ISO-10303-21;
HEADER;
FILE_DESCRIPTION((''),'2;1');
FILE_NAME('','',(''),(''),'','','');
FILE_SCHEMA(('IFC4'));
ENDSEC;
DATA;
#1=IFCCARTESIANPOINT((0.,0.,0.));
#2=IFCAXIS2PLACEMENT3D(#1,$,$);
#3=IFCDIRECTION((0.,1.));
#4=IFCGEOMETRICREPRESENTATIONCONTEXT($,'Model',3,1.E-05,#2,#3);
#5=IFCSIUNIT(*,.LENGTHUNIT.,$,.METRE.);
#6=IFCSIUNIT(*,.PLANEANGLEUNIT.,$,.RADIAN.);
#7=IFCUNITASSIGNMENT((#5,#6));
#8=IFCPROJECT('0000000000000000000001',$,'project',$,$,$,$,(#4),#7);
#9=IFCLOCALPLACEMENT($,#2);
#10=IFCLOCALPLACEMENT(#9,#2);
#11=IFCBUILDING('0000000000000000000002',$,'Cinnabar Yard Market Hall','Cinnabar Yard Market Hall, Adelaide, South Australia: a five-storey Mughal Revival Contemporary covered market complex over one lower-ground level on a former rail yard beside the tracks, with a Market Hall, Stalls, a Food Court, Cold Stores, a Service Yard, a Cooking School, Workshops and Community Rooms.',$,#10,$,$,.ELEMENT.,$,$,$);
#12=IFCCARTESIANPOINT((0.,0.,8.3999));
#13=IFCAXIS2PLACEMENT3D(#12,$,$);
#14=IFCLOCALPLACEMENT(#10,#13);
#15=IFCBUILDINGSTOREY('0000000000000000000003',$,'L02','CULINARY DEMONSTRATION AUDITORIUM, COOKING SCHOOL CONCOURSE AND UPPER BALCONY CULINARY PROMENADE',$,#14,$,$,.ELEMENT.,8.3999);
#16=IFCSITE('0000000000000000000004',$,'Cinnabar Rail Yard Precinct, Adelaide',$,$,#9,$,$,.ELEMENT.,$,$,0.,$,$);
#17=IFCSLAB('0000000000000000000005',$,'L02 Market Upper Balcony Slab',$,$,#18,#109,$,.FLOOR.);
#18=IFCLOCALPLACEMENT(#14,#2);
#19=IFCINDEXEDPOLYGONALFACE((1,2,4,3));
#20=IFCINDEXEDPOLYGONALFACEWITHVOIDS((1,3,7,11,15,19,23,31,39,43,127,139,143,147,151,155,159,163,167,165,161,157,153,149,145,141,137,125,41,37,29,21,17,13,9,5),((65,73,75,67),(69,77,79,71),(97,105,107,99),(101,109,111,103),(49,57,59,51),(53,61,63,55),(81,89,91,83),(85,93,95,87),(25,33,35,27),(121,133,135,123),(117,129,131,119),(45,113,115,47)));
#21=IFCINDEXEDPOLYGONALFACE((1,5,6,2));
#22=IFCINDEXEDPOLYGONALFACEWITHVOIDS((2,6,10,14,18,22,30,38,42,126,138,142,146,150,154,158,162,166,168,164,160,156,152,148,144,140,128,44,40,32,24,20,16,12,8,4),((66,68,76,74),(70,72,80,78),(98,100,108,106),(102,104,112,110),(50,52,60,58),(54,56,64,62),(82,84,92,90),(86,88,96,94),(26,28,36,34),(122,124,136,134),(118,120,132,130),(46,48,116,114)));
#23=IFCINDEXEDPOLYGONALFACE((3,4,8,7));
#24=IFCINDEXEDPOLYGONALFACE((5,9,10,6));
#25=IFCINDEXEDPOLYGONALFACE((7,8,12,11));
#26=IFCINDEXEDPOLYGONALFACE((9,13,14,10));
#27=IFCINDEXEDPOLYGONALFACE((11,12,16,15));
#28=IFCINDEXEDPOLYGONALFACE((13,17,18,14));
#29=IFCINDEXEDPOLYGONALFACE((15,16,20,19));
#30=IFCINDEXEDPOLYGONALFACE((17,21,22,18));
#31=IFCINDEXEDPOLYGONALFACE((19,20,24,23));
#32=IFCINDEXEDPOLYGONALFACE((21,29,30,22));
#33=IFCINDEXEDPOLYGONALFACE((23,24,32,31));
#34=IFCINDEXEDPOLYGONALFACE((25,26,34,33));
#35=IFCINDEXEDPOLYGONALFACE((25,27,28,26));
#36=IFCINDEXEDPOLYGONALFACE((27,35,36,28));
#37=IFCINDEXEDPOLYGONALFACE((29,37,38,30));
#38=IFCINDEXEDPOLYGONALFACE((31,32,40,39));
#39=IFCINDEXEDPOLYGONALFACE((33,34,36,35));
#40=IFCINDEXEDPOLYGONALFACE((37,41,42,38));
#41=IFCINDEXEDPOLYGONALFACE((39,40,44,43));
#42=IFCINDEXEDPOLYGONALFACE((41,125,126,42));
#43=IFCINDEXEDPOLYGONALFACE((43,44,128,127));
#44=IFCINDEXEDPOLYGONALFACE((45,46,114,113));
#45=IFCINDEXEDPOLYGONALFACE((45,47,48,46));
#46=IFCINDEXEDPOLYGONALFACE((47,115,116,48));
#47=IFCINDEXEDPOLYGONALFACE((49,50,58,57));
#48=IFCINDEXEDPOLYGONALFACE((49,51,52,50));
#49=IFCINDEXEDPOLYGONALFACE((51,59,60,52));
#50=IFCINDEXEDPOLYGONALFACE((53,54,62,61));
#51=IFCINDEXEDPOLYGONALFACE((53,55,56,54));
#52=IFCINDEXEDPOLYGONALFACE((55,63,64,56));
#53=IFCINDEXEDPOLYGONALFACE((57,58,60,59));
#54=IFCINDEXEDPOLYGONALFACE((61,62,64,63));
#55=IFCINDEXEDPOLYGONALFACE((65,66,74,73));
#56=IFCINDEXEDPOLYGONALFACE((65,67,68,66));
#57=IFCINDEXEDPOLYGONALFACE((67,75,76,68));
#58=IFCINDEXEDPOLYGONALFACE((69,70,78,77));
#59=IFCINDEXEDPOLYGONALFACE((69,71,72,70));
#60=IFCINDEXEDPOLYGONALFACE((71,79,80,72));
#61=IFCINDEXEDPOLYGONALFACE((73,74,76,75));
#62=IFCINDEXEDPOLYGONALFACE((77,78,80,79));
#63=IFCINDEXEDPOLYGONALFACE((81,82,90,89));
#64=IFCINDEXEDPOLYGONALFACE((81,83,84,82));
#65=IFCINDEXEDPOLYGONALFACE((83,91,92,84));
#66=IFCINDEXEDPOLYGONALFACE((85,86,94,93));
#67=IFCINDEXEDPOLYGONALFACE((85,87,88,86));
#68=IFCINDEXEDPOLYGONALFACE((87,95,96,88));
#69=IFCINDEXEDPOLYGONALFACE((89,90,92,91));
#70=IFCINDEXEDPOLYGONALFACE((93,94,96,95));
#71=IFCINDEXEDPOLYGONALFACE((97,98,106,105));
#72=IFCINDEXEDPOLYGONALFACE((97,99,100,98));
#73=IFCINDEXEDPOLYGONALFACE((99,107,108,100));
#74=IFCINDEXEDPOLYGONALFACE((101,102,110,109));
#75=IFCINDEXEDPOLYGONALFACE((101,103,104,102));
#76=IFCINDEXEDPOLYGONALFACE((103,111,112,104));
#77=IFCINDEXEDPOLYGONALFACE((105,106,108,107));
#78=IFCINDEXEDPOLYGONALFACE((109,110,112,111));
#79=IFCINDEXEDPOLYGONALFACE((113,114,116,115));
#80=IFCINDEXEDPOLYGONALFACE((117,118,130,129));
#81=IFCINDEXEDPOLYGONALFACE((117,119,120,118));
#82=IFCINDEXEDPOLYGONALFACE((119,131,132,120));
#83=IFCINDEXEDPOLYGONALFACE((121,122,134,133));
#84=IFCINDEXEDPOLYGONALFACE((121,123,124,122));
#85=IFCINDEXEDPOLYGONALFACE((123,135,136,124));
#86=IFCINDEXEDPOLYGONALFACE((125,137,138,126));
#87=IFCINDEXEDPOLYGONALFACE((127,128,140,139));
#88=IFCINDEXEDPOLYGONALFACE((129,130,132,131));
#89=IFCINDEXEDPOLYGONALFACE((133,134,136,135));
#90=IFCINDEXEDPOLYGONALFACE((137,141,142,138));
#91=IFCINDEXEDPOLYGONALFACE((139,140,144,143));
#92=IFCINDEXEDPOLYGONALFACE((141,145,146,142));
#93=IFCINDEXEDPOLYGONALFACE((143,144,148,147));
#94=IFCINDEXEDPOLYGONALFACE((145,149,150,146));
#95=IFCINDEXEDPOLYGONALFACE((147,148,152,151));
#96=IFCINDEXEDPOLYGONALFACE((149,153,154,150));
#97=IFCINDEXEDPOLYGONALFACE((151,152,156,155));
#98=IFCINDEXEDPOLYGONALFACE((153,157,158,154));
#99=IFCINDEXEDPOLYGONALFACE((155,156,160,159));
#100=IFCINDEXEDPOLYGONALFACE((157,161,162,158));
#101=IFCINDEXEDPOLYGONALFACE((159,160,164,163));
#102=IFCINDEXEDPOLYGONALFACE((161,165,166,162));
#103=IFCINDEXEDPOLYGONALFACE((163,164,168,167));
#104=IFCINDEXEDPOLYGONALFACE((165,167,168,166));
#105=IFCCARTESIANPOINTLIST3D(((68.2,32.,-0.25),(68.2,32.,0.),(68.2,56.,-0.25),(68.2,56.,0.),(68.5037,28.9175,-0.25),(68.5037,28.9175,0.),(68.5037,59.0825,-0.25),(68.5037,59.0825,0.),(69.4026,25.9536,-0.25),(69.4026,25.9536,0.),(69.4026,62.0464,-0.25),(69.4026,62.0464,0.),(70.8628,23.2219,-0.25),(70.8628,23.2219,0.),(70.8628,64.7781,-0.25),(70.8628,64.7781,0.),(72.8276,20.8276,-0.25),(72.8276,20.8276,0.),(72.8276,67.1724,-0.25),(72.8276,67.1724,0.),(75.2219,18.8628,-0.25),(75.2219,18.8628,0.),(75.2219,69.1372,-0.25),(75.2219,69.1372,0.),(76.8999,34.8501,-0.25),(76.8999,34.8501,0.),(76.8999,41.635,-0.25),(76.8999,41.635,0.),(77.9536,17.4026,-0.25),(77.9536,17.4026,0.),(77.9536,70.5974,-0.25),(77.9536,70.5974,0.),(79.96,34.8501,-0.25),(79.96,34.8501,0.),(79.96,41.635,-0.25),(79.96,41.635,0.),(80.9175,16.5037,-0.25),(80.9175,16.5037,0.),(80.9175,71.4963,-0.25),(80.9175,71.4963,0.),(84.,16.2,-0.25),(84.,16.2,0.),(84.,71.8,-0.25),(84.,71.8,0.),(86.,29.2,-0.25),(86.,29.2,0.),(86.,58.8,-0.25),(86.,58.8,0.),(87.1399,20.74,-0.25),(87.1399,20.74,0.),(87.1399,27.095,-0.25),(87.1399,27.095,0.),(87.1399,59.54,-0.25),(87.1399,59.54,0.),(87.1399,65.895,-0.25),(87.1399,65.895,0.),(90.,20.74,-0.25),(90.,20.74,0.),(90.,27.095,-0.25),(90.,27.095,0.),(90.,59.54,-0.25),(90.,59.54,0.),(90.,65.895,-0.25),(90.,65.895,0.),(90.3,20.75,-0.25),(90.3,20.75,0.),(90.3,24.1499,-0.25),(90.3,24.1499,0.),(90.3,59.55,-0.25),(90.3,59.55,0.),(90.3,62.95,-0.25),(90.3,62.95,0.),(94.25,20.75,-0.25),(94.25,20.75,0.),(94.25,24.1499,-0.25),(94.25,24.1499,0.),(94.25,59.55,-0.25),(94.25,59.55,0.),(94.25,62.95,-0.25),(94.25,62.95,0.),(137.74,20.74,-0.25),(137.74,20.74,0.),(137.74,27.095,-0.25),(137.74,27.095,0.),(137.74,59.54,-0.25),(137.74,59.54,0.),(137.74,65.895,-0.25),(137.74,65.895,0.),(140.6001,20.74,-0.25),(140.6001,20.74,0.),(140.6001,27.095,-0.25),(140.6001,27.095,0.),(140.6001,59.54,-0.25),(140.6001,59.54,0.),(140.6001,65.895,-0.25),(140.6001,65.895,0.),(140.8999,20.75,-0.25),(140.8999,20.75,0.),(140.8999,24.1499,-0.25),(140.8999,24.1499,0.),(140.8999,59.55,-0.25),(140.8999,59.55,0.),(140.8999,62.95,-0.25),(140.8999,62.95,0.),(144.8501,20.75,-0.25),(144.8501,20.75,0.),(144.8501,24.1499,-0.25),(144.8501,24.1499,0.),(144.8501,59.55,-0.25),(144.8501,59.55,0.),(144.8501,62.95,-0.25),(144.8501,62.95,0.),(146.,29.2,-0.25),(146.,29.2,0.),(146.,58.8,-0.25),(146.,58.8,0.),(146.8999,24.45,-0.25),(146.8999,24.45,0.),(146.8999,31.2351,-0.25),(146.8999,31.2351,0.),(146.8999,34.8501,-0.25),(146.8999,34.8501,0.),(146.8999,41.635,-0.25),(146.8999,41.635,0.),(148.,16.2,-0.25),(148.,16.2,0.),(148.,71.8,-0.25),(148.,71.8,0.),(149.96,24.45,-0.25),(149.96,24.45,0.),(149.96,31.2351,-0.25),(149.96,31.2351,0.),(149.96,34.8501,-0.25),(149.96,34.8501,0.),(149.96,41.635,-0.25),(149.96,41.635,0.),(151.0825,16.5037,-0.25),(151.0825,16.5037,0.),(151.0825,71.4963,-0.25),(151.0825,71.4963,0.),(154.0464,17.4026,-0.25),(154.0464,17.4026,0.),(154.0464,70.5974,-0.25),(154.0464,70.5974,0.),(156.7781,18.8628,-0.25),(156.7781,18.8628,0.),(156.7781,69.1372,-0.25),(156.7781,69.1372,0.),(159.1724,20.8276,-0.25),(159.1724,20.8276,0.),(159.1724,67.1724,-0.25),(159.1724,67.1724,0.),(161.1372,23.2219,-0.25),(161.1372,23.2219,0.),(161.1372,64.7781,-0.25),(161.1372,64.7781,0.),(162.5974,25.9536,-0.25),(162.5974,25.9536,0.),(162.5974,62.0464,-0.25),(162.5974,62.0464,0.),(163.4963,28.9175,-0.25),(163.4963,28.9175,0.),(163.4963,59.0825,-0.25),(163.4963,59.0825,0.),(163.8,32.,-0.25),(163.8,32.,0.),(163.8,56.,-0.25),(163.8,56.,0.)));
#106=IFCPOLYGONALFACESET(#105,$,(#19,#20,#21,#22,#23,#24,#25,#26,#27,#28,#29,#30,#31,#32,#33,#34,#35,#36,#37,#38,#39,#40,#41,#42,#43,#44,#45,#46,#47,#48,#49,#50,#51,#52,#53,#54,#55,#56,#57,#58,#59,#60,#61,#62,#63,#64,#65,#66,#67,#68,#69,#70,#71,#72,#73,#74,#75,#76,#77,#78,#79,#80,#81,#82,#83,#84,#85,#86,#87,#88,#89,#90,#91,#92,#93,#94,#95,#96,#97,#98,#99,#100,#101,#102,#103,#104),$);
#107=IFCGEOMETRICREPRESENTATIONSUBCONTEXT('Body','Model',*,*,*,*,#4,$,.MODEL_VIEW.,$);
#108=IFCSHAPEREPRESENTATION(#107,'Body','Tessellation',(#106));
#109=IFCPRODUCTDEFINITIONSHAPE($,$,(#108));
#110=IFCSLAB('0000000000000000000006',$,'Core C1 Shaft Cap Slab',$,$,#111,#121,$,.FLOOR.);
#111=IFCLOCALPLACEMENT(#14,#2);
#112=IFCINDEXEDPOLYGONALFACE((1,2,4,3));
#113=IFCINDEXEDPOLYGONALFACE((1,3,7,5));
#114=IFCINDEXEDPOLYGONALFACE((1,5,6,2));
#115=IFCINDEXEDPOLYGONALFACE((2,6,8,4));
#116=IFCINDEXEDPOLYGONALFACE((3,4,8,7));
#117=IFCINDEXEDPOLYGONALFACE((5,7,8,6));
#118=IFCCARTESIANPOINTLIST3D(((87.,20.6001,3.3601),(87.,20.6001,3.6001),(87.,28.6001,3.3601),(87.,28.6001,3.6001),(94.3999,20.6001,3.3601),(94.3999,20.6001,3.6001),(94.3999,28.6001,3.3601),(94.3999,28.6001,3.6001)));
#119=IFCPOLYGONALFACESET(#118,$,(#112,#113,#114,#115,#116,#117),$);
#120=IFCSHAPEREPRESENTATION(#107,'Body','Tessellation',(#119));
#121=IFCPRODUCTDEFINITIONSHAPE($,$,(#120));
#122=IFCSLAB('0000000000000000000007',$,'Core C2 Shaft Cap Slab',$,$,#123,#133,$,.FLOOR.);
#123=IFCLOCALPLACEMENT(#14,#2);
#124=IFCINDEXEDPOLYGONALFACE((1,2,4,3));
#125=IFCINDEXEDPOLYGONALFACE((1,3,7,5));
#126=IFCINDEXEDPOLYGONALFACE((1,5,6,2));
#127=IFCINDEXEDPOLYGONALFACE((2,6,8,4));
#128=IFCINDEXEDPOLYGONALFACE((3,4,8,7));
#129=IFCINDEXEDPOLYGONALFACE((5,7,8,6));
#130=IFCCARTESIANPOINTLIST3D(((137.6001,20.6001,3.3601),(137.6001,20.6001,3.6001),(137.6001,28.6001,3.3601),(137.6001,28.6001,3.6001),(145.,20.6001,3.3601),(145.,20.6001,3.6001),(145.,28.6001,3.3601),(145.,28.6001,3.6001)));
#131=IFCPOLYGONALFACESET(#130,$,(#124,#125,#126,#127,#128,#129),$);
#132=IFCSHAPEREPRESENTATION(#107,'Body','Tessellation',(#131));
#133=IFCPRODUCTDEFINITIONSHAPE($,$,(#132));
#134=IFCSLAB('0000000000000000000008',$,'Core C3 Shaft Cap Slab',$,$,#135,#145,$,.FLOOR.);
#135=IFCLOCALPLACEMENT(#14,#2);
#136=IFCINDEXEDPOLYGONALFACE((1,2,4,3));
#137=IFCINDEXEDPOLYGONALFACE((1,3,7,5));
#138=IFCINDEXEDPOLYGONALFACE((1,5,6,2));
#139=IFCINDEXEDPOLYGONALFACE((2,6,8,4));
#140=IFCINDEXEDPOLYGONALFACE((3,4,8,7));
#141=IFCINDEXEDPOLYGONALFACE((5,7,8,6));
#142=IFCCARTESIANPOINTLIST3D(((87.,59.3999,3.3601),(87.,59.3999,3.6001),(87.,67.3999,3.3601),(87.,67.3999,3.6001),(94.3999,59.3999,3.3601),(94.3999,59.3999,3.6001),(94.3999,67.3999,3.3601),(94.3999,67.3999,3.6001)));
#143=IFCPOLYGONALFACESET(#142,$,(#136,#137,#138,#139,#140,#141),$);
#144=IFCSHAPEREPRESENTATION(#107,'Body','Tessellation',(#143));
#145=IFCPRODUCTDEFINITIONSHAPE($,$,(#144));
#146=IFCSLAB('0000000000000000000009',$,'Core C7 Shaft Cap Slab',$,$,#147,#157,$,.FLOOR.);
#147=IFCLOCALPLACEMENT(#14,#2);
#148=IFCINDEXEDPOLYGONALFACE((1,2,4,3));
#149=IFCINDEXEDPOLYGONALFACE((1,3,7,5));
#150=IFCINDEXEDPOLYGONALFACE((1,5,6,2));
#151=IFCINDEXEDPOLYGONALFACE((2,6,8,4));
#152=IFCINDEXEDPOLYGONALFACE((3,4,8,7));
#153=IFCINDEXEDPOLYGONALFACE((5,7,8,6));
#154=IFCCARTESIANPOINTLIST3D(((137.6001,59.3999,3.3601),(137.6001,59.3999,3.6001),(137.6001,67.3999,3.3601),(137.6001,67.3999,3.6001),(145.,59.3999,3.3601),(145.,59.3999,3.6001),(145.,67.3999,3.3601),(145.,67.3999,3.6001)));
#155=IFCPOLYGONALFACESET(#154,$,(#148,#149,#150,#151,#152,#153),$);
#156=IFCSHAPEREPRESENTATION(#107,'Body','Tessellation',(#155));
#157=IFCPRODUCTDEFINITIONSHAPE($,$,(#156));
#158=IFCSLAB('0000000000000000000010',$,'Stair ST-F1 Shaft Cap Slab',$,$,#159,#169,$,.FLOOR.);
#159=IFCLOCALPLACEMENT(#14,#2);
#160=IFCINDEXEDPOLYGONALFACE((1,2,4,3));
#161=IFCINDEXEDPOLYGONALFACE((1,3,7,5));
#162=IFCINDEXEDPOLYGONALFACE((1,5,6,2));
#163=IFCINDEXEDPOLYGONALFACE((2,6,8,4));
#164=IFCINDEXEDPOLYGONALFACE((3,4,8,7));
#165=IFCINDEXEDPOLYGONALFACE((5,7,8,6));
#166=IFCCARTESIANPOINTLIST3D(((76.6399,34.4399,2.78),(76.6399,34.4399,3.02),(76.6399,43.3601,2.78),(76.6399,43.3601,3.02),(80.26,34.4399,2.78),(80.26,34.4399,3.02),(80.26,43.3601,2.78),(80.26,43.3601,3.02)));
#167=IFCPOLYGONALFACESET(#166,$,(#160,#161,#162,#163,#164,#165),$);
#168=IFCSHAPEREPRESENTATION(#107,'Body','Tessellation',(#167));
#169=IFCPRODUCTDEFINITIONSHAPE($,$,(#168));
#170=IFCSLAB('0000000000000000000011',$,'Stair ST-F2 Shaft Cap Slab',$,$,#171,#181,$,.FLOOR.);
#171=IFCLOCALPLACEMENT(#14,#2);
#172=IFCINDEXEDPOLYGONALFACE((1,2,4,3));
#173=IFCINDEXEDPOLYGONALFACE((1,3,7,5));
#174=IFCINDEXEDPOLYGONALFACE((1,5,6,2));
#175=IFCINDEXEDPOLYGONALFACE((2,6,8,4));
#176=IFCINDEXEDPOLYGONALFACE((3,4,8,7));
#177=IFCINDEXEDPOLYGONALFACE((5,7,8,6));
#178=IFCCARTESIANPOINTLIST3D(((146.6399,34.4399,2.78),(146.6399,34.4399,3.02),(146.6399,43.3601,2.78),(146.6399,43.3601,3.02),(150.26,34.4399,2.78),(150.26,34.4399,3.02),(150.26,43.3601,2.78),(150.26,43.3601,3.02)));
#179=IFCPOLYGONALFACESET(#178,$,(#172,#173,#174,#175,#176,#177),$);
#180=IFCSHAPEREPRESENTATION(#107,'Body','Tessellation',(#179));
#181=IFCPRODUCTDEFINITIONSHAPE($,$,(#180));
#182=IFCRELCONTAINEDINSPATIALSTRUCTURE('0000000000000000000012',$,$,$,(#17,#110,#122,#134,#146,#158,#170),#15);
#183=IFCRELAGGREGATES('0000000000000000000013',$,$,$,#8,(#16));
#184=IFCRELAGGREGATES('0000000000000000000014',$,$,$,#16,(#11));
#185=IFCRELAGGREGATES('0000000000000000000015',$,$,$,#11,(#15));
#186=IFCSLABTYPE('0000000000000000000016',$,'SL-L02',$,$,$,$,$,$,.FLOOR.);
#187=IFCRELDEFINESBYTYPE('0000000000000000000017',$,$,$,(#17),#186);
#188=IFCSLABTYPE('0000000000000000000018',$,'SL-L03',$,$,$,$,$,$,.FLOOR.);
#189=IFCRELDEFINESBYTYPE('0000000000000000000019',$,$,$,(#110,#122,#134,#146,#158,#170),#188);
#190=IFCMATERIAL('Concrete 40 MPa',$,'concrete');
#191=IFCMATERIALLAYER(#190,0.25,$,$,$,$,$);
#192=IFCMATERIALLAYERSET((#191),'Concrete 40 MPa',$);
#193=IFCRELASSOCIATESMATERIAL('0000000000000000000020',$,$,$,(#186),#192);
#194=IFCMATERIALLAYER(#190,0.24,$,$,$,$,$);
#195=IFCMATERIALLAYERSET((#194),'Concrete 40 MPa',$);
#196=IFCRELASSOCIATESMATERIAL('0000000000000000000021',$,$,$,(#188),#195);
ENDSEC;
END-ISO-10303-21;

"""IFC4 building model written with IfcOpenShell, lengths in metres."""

from ifc_helpers import new_model, si_unit, direction, frame, origin, place, context, subcontext, project, spatial, polyline, outline, extrude, material, layer, layer_set, type_object, element, save


model = new_model("IFC4")

# Units and contexts
model_context = context("Model", 3, precision=1e-05, world=origin(), true_north=direction((0.0, 1.0)))
body_context = subcontext(model_context, "Body", "Model", "MODEL_VIEW")
ifc_project = project(units=[si_unit("LENGTHUNIT", "METRE"), si_unit("PLANEANGLEUNIT", "RADIAN")], contexts=[model_context])

# Site, building, storey
site_placement = place(None, origin())
site = spatial("IfcSite", under=ifc_project, at=site_placement, Name="Cinnabar Rail Yard Precinct, Adelaide", CompositionType="ELEMENT", RefElevation=0.0)
building_placement = place(site_placement, origin())
building = spatial("IfcBuilding", under=site, at=building_placement, Name="Cinnabar Yard Market Hall", Description="Cinnabar Yard Market Hall, Adelaide, South Australia: a five-storey Mughal Revival Contemporary covered market complex over one lower-ground level on a former rail yard beside the tracks, with a Market Hall, Stalls, a Food Court, Cold Stores, a Service Yard, a Cooking School, Workshops and Community Rooms.", CompositionType="ELEMENT")
storey_placement = place(building_placement, frame((0.0, 0.0, 8.3999)))
storey = spatial("IfcBuildingStorey", under=building, at=storey_placement, Name="L02", Description="CULINARY DEMONSTRATION AUDITORIUM, COOKING SCHOOL CONCOURSE AND UPPER BALCONY CULINARY PROMENADE", CompositionType="ELEMENT", Elevation=8.3999)

# Slabs
ifc_material_1 = material(Name="Concrete 40 MPa", Category="concrete")
ifc_layer_1 = layer(ifc_material_1, 0.25)
ifc_layer_set_1 = layer_set([ifc_layer_1], Name="Concrete 40 MPa")
slab_type_1 = type_object("IfcSlabType", Name="SL-L02", PredefinedType="FLOOR", material=ifc_layer_set_1)
slab_1_placement = place(storey_placement, frame((0.0, 0.0, -0.25)))
element("IfcSlab", 1, at=slab_1_placement, inside=storey, type_object=slab_type_1, Name="L02 Market Upper Balcony Slab", PredefinedType="FLOOR", context=body_context, shape_type="SweptSolid", body=[
    extrude(outline(polyline([(68.2, 32.0), (68.5037, 28.9175), (69.4026, 25.9536), (70.8628, 23.2219), (72.8276, 20.8276), (75.2219, 18.8628), (77.9536, 17.4026), (80.9175, 16.5037), (84.0, 16.2), (148.0, 16.2), (151.0825, 16.5037), (154.0464, 17.4026), (156.7781, 18.8628), (159.1724, 20.8276), (161.1372, 23.2219), (162.5974, 25.9536), (163.4963, 28.9175), (163.8, 32.0), (163.8, 56.0), (163.4963, 59.0825), (162.5974, 62.0464), (161.1372, 64.7781), (159.1724, 67.1724), (156.7781, 69.1372), (154.0464, 70.5974), (151.0825, 71.4963), (148.0, 71.8), (84.0, 71.8), (80.9175, 71.4963), (77.9536, 70.5974), (75.2219, 69.1372), (72.8276, 67.1724), (70.8628, 64.7781), (69.4026, 62.0464), (68.5037, 59.0825), (68.2, 56.0), (68.2, 32.0)]), holes=[polyline([(86.0, 29.2), (146.0, 29.2), (146.0, 58.8), (86.0, 58.8), (86.0, 29.2)]), polyline([(87.1399, 27.095), (87.1399, 20.74), (90.0, 20.74), (90.0, 27.095), (87.1399, 27.095)]), polyline([(90.3, 20.75), (94.25, 20.75), (94.25, 24.1499), (90.3, 24.1499), (90.3, 20.75)]), polyline([(137.74, 27.095), (137.74, 20.74), (140.6001, 20.74), (140.6001, 27.095), (137.74, 27.095)]), polyline([(140.8999, 20.75), (144.8501, 20.75), (144.8501, 24.1499), (140.8999, 24.1499), (140.8999, 20.75)]), polyline([(87.1399, 65.895), (87.1399, 59.54), (90.0, 59.54), (90.0, 65.895), (87.1399, 65.895)]), polyline([(90.3, 59.55), (94.25, 59.55), (94.25, 62.95), (90.3, 62.95), (90.3, 59.55)]), polyline([(137.74, 65.895), (137.74, 59.54), (140.6001, 59.54), (140.6001, 65.895), (137.74, 65.895)]), polyline([(140.8999, 59.55), (144.8501, 59.55), (144.8501, 62.95), (140.8999, 62.95), (140.8999, 59.55)]), polyline([(76.8999, 41.635), (76.8999, 34.8501), (79.96, 34.8501), (79.96, 41.635), (76.8999, 41.635)]), polyline([(146.8999, 41.635), (146.8999, 34.8501), (149.96, 34.8501), (149.96, 41.635), (146.8999, 41.635)]), polyline([(146.8999, 31.2351), (146.8999, 24.45), (149.96, 24.45), (149.96, 31.2351), (146.8999, 31.2351)])]), origin(), (0.0, 0.0, 1.0), 0.25),
])
ifc_layer_2 = layer(ifc_material_1, 0.24)
ifc_layer_set_2 = layer_set([ifc_layer_2], Name="Concrete 40 MPa")
slab_type_2 = type_object("IfcSlabType", Name="SL-L03", PredefinedType="FLOOR", material=ifc_layer_set_2)
slab_2_placement = place(storey_placement, frame((0.0, 0.0, 3.3601)))
element("IfcSlab", 2, at=slab_2_placement, inside=storey, type_object=slab_type_2, Name="Core C1 Shaft Cap Slab", PredefinedType="FLOOR", context=body_context, shape_type="SweptSolid", body=[
    extrude(outline(polyline([(87.0, 20.6001), (94.3999, 20.6001), (94.3999, 28.6001), (87.0, 28.6001), (87.0, 20.6001)])), origin(), (0.0, 0.0, 1.0), 0.24),
])
slab_3_placement = place(storey_placement, frame((0.0, 0.0, 3.3601)))
element("IfcSlab", 3, at=slab_3_placement, inside=storey, type_object=slab_type_2, Name="Core C2 Shaft Cap Slab", PredefinedType="FLOOR", context=body_context, shape_type="SweptSolid", body=[
    extrude(outline(polyline([(137.6001, 20.6001), (145.0, 20.6001), (145.0, 28.6001), (137.6001, 28.6001), (137.6001, 20.6001)])), origin(), (0.0, 0.0, 1.0), 0.24),
])
slab_4_placement = place(storey_placement, frame((0.0, 0.0, 3.3601)))
element("IfcSlab", 4, at=slab_4_placement, inside=storey, type_object=slab_type_2, Name="Core C3 Shaft Cap Slab", PredefinedType="FLOOR", context=body_context, shape_type="SweptSolid", body=[
    extrude(outline(polyline([(87.0, 59.3999), (94.3999, 59.3999), (94.3999, 67.3999), (87.0, 67.3999), (87.0, 59.3999)])), origin(), (0.0, 0.0, 1.0), 0.24),
])
slab_5_placement = place(storey_placement, frame((0.0, 0.0, 3.3601)))
element("IfcSlab", 5, at=slab_5_placement, inside=storey, type_object=slab_type_2, Name="Core C7 Shaft Cap Slab", PredefinedType="FLOOR", context=body_context, shape_type="SweptSolid", body=[
    extrude(outline(polyline([(137.6001, 59.3999), (145.0, 59.3999), (145.0, 67.3999), (137.6001, 67.3999), (137.6001, 59.3999)])), origin(), (0.0, 0.0, 1.0), 0.24),
])
slab_6_placement = place(storey_placement, frame((0.0, 0.0, 2.78)))
element("IfcSlab", 6, at=slab_6_placement, inside=storey, type_object=slab_type_2, Name="Stair ST-F1 Shaft Cap Slab", PredefinedType="FLOOR", context=body_context, shape_type="SweptSolid", body=[
    extrude(outline(polyline([(76.6399, 34.4399), (80.26, 34.4399), (80.26, 43.3601), (76.6399, 43.3601), (76.6399, 34.4399)])), origin(), (0.0, 0.0, 1.0), 0.24),
])
slab_7_placement = place(storey_placement, frame((0.0, 0.0, 2.78)))
element("IfcSlab", 7, at=slab_7_placement, inside=storey, type_object=slab_type_2, Name="Stair ST-F2 Shaft Cap Slab", PredefinedType="FLOOR", context=body_context, shape_type="SweptSolid", body=[
    extrude(outline(polyline([(146.6399, 34.4399), (150.26, 34.4399), (150.26, 43.3601), (146.6399, 43.3601), (146.6399, 34.4399)])), origin(), (0.0, 0.0, 1.0), 0.24),
])

save(model, "model.ifc")
